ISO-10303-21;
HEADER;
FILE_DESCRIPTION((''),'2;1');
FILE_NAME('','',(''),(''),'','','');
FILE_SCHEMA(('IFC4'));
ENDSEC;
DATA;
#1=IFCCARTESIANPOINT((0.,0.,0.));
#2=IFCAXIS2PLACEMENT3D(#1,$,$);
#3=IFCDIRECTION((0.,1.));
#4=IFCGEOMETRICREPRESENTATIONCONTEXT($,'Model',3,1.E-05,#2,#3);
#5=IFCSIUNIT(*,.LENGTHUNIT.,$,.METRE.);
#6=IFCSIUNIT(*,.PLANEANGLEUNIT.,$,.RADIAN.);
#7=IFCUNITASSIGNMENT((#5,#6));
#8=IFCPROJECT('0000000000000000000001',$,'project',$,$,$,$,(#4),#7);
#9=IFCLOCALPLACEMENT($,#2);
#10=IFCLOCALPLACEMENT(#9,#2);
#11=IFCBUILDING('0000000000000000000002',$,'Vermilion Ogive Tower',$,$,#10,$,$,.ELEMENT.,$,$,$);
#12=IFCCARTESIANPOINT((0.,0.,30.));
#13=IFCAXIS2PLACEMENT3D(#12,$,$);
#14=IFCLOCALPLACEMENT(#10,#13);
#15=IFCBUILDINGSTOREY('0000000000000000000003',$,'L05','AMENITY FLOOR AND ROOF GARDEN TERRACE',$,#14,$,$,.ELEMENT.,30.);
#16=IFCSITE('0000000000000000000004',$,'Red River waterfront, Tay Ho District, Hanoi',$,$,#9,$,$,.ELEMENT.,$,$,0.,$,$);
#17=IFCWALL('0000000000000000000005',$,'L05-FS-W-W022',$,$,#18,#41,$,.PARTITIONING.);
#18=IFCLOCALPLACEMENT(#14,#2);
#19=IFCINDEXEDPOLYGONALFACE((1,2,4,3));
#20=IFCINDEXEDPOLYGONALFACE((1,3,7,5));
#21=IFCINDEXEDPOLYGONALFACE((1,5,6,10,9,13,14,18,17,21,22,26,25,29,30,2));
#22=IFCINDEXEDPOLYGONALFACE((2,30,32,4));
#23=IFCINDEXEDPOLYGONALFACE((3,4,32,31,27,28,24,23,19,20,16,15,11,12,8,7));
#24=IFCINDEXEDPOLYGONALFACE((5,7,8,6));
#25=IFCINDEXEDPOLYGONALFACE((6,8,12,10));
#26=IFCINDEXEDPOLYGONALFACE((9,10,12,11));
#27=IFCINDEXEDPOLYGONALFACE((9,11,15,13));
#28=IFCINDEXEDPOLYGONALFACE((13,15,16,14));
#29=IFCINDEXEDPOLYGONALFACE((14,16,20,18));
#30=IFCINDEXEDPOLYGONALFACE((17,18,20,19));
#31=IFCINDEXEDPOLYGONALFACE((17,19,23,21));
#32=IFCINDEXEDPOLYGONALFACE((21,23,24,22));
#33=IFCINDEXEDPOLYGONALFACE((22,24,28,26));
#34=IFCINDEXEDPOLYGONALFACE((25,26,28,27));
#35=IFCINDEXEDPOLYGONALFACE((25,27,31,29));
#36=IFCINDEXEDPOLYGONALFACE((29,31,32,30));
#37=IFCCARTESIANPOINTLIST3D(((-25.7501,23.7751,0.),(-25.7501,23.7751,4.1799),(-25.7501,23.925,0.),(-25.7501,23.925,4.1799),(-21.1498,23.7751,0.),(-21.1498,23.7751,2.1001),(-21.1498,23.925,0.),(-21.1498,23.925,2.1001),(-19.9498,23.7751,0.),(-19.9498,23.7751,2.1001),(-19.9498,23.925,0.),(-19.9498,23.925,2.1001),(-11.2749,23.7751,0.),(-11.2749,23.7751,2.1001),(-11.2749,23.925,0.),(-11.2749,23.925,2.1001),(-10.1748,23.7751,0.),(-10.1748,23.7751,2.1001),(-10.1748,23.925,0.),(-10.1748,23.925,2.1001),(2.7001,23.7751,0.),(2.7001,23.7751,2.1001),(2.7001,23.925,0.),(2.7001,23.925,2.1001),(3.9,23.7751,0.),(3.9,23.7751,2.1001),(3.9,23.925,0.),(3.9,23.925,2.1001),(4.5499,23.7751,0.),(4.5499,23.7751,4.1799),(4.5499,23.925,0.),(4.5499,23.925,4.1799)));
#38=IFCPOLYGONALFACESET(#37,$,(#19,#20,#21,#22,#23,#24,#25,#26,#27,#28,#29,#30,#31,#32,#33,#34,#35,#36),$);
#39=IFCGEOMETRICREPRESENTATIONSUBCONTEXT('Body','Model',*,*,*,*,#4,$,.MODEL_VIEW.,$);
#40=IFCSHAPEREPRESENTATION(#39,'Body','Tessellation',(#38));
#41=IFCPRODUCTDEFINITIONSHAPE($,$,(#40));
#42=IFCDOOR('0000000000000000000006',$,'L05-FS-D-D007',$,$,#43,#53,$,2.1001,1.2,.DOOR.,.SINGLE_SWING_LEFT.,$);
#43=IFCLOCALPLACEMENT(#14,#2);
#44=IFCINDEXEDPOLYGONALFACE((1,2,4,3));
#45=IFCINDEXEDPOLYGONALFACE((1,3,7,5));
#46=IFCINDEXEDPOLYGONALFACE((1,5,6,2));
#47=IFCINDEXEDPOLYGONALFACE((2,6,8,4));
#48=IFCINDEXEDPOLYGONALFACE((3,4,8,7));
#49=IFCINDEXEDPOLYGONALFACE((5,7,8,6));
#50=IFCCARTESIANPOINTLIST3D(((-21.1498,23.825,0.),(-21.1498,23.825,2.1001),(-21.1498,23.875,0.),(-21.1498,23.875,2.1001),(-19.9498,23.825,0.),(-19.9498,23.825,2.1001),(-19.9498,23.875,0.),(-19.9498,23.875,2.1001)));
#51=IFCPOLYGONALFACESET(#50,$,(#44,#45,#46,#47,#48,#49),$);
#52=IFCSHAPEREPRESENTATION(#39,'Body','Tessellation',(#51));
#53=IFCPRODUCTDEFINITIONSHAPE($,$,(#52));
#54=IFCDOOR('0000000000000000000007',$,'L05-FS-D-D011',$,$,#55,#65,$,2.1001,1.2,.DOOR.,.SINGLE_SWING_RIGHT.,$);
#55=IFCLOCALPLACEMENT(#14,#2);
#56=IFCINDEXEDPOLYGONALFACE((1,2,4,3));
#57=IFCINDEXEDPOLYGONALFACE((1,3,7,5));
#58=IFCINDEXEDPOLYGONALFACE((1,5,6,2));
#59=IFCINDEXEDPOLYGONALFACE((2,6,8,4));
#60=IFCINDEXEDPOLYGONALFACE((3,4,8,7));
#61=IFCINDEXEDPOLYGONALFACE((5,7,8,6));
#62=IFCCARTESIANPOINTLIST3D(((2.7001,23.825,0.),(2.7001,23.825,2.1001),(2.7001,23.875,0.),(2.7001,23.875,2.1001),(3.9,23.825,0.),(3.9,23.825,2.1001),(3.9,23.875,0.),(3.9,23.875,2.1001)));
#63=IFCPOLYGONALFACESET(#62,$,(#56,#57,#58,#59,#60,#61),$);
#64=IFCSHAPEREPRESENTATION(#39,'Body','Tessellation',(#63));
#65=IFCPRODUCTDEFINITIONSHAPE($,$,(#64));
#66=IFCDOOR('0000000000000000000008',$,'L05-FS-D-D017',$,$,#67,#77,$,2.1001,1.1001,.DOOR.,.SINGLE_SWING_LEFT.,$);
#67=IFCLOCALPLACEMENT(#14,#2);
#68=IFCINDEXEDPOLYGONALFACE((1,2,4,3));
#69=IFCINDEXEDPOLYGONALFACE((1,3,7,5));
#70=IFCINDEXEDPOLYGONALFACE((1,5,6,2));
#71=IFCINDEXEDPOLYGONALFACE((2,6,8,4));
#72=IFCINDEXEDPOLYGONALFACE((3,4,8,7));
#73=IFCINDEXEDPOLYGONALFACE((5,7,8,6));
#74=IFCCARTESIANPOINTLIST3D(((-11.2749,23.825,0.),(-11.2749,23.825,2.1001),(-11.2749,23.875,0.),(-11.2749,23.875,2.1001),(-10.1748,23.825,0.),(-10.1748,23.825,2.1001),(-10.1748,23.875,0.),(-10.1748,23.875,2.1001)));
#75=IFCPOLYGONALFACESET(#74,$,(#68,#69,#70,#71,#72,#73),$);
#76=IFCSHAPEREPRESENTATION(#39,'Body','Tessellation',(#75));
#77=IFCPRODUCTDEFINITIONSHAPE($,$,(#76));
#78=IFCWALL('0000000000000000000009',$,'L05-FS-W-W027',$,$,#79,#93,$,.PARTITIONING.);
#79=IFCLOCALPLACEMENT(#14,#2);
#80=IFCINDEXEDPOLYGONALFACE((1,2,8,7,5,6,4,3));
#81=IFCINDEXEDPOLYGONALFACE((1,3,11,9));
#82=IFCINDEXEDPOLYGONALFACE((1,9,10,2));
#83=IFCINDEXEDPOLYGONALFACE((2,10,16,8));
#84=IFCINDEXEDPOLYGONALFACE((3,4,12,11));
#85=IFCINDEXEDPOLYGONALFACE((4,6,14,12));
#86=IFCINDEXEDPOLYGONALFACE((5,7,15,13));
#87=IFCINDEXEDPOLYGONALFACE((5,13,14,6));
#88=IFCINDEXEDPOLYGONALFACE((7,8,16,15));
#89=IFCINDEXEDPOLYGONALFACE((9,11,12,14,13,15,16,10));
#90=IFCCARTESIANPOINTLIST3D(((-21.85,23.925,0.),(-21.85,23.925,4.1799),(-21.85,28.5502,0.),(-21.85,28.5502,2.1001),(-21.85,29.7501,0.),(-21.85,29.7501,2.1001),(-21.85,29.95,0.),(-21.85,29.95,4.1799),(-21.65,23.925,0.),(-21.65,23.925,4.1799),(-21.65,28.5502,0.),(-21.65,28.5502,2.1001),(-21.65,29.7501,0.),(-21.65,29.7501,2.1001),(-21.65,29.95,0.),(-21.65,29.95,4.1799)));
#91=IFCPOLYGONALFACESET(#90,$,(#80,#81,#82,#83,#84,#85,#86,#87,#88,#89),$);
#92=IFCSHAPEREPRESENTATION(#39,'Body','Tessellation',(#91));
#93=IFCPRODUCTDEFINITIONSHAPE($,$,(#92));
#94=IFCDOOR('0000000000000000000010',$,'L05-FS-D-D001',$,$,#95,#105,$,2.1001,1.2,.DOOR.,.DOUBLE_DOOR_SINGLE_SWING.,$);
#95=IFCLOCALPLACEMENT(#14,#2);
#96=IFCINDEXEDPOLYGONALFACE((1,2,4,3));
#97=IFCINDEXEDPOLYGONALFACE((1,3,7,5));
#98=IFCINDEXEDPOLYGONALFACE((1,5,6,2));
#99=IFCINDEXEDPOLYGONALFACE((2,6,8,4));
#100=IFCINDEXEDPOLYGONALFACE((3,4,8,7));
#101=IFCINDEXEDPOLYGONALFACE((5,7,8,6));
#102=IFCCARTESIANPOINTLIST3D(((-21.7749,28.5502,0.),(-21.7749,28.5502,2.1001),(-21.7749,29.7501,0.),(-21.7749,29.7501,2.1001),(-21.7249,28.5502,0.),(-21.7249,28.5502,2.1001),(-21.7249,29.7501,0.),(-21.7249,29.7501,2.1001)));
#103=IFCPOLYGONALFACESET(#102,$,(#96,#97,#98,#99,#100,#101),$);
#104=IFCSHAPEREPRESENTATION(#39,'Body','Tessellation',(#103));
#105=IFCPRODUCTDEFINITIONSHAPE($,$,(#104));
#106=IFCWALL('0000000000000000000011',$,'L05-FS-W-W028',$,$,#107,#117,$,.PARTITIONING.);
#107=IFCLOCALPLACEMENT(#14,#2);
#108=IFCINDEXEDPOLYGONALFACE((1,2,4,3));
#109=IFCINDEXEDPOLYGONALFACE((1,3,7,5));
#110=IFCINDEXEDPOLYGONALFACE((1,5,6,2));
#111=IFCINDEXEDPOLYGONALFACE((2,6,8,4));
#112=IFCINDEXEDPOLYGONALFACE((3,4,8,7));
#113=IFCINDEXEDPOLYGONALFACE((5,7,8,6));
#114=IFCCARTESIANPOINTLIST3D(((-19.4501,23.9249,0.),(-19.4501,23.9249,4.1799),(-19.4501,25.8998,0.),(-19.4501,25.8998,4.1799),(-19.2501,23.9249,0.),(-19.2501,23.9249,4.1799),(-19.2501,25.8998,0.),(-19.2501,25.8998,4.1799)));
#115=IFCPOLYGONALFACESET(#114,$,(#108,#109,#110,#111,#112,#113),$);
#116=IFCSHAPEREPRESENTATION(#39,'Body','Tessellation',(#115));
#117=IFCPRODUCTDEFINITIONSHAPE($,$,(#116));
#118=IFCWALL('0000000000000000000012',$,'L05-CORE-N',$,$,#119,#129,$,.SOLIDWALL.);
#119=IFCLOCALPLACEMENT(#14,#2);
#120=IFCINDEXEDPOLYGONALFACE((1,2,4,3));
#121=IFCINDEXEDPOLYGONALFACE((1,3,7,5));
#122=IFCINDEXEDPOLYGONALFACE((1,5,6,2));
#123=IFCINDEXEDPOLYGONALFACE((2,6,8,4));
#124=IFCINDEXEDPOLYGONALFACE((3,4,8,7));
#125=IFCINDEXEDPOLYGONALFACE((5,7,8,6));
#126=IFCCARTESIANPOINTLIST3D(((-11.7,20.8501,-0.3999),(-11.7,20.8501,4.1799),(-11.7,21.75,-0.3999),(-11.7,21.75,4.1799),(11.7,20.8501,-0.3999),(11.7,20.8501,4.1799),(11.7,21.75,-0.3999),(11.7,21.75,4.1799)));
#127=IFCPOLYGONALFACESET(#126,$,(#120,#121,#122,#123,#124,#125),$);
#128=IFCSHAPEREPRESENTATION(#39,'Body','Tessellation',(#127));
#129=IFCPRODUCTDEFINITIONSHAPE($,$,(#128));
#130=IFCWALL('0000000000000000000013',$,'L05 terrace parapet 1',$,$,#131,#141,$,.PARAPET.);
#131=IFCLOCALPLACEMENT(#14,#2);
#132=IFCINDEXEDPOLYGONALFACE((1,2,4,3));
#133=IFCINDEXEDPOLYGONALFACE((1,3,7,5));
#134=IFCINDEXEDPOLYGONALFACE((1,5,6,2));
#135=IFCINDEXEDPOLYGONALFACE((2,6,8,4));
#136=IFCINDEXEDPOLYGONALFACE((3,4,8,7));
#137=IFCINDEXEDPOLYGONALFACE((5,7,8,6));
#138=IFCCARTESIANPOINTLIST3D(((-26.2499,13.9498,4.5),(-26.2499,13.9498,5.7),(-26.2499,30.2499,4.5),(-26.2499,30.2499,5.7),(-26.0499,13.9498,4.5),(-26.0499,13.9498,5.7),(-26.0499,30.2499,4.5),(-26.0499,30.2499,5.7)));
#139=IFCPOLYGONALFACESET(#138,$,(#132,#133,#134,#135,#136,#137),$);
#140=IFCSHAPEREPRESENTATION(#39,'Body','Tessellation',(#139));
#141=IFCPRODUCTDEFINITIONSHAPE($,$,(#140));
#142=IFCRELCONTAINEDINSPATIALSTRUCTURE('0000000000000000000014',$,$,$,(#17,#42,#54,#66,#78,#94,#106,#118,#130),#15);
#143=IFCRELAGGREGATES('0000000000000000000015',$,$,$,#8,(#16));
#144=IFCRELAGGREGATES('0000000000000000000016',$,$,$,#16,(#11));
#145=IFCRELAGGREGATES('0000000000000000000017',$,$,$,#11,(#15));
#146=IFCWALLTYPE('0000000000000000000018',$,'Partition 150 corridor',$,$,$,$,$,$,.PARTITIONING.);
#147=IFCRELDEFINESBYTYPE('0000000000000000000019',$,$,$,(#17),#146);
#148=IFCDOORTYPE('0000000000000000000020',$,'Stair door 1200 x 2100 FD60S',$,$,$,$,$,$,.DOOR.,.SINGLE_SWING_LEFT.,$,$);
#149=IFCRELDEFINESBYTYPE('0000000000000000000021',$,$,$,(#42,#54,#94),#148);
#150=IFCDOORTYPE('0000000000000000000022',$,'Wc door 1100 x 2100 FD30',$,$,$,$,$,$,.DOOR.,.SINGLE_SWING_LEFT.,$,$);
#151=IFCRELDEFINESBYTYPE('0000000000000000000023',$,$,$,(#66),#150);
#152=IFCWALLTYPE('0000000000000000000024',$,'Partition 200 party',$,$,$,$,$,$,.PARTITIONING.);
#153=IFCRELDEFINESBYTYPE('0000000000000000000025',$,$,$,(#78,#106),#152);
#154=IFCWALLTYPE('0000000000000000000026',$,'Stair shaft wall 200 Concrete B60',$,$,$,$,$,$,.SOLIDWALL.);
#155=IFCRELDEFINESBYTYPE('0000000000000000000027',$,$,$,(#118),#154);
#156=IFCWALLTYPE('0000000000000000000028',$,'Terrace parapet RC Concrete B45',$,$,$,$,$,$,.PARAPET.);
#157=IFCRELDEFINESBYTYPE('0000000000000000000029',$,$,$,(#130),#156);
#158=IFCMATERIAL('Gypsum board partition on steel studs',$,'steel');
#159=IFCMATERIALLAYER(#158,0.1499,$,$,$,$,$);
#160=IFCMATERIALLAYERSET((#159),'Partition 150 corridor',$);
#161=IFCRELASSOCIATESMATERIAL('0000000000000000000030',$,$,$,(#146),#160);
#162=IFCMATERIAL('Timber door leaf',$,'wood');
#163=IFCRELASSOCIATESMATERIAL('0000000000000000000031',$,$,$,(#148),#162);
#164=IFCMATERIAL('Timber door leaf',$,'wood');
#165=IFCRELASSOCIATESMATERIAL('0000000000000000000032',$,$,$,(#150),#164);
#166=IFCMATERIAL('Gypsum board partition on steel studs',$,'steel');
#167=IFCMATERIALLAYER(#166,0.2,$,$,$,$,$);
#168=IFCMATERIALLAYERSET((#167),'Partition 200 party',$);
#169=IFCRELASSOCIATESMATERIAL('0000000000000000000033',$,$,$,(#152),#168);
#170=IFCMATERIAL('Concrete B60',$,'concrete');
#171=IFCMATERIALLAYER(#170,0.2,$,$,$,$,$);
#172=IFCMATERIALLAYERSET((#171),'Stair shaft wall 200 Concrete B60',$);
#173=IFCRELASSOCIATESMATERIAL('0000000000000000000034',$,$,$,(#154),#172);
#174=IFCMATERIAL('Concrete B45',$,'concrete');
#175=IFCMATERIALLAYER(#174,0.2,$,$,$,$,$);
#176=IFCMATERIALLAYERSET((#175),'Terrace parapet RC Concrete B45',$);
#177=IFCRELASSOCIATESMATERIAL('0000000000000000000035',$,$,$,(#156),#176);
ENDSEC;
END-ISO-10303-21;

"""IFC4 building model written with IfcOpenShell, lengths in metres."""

from ifc_helpers import new_model, si_unit, direction, frame, frame_2d, origin, place, context, subcontext, project, spatial, rectangle, extrude, material, layer, layer_set, type_object, element, fill, save


model = new_model("IFC4")

# Units and contexts
model_context = context("Model", 3, precision=1e-05, world=origin(), true_north=direction((0.0, 1.0)))
body_context = subcontext(model_context, "Body", "Model", "MODEL_VIEW")
ifc_project = project(units=[si_unit("LENGTHUNIT", "METRE"), si_unit("PLANEANGLEUNIT", "RADIAN")], contexts=[model_context])

# Site, building, storey
site_placement = place(None, origin())
site = spatial("IfcSite", under=ifc_project, at=site_placement, Name="Red River waterfront, Tay Ho District, Hanoi", CompositionType="ELEMENT", RefElevation=0.0)
building_placement = place(site_placement, origin())
building = spatial("IfcBuilding", under=site, at=building_placement, Name="Vermilion Ogive Tower", CompositionType="ELEMENT")
storey_placement = place(building_placement, frame((0.0, 0.0, 30.0)))
storey = spatial("IfcBuildingStorey", under=building, at=storey_placement, Name="L05", Description="AMENITY FLOOR AND ROOF GARDEN TERRACE", CompositionType="ELEMENT", Elevation=30.0)

# Wall, openings, doors
ifc_material_1 = material(Name="Gypsum board partition on steel studs", Category="steel")
ifc_layer_1 = layer(ifc_material_1, 0.1499)
ifc_layer_set_1 = layer_set([ifc_layer_1], Name="Partition 150 corridor")
wall_type_1 = type_object("IfcWallType", Name="Partition 150 corridor", PredefinedType="PARTITIONING", material=ifc_layer_set_1)
wall_1_placement = place(storey_placement, frame((-25.75, 23.8501, 0.0), z_axis=(0.0, 0.0, 1.0), x_axis=(1.0, 0.0, 0.0)))
wall_1 = element("IfcWall", 1, at=wall_1_placement, inside=storey, type_object=wall_type_1, Name="L05-FS-W-W022", PredefinedType="PARTITIONING", context=body_context, shape_type="SweptSolid", body=[
    extrude(rectangle(XDim=30.3, YDim=0.1499, at=frame_2d((15.1499, 0.0))), origin(), (0.0, 0.0, 1.0), 4.1799),
])
opening_1_placement = place(wall_1_placement, frame((4.6001, 0.0, 0.0)))
opening_1 = element("IfcOpeningElement", 2, at=opening_1_placement, cuts=wall_1, PredefinedType="OPENING", context=body_context, shape_type="SweptSolid", body=[
    extrude(rectangle(XDim=1.2, YDim=2.1001, at=frame_2d((0.6001, 1.05))), frame((0.0, 0.085, 0.0), z_axis=(0.0, -1.0, 0.0), x_axis=(1.0, 0.0, 0.0)), (0.0, 0.0, 1.0), 0.1699),
])
opening_2_placement = place(wall_1_placement, frame((28.45, 0.0, 0.0)))
opening_2 = element("IfcOpeningElement", 3, at=opening_2_placement, cuts=wall_1, PredefinedType="OPENING", context=body_context, shape_type="SweptSolid", body=[
    extrude(rectangle(XDim=1.2, YDim=2.1001, at=frame_2d((0.6001, 1.05))), frame((0.0, 0.085, 0.0), z_axis=(0.0, -1.0, 0.0), x_axis=(1.0, 0.0, 0.0)), (0.0, 0.0, 1.0), 0.1699),
])
opening_3_placement = place(wall_1_placement, frame((14.4751, 0.0, 0.0)))
opening_3 = element("IfcOpeningElement", 4, at=opening_3_placement, cuts=wall_1, PredefinedType="OPENING", context=body_context, shape_type="SweptSolid", body=[
    extrude(rectangle(XDim=1.1001, YDim=2.1001, at=frame_2d((0.55, 1.05))), frame((0.0, 0.085, 0.0), z_axis=(0.0, -1.0, 0.0), x_axis=(1.0, 0.0, 0.0)), (0.0, 0.0, 1.0), 0.1699),
])
ifc_material_2 = material(Name="Timber door leaf", Category="wood")
door_type_1 = type_object("IfcDoorType", Name="Stair door 1200 x 2100 FD60S", OperationType="SINGLE_SWING_LEFT", PredefinedType="DOOR", material=ifc_material_2)
door_1_placement = place(opening_1_placement, origin())
door_1 = element("IfcDoor", 5, at=door_1_placement, inside=storey, type_object=door_type_1, Name="L05-FS-D-D007", OperationType="SINGLE_SWING_LEFT", OverallHeight=2.1001, OverallWidth=1.2, PredefinedType="DOOR", context=body_context, shape_type="SweptSolid", body=[
    extrude(rectangle(XDim=1.2, YDim=2.1001, at=frame_2d((0.6001, 1.05))), frame((0.0, 0.0249, 0.0), z_axis=(0.0, -1.0, 0.0), x_axis=(1.0, 0.0, 0.0)), (0.0, 0.0, 1.0), 0.05),
])
fill(opening_1, door_1)
door_2_placement = place(opening_2_placement, origin())
door_2 = element("IfcDoor", 6, at=door_2_placement, inside=storey, type_object=door_type_1, Name="L05-FS-D-D011", OperationType="SINGLE_SWING_RIGHT", OverallHeight=2.1001, OverallWidth=1.2, PredefinedType="DOOR", context=body_context, shape_type="SweptSolid", body=[
    extrude(rectangle(XDim=1.2, YDim=2.1001, at=frame_2d((0.6001, 1.05))), frame((0.0, 0.0249, 0.0), z_axis=(0.0, -1.0, 0.0), x_axis=(1.0, 0.0, 0.0)), (0.0, 0.0, 1.0), 0.05),
])
fill(opening_2, door_2)
ifc_material_3 = material(Name="Timber door leaf", Category="wood")
door_type_2 = type_object("IfcDoorType", Name="Wc door 1100 x 2100 FD30", OperationType="SINGLE_SWING_LEFT", PredefinedType="DOOR", material=ifc_material_3)
door_3_placement = place(opening_3_placement, origin())
door_3 = element("IfcDoor", 7, at=door_3_placement, inside=storey, type_object=door_type_2, Name="L05-FS-D-D017", OperationType="SINGLE_SWING_LEFT", OverallHeight=2.1001, OverallWidth=1.1001, PredefinedType="DOOR", context=body_context, shape_type="SweptSolid", body=[
    extrude(rectangle(XDim=1.1001, YDim=2.1001, at=frame_2d((0.55, 1.05))), frame((0.0, 0.0249, 0.0), z_axis=(0.0, -1.0, 0.0), x_axis=(1.0, 0.0, 0.0)), (0.0, 0.0, 1.0), 0.05),
])
fill(opening_3, door_3)

# Wall, opening, door
ifc_material_4 = material(Name="Gypsum board partition on steel studs", Category="steel")
ifc_layer_2 = layer(ifc_material_4, 0.2)
ifc_layer_set_2 = layer_set([ifc_layer_2], Name="Partition 200 party")
wall_type_2 = type_object("IfcWallType", Name="Partition 200 party", PredefinedType="PARTITIONING", material=ifc_layer_set_2)
wall_2_placement = place(storey_placement, frame((-21.75, 23.925, 0.0), z_axis=(0.0, 0.0, 1.0), x_axis=(0.0, 1.0, 0.0)))
wall_2 = element("IfcWall", 8, at=wall_2_placement, inside=storey, type_object=wall_type_2, Name="L05-FS-W-W027", PredefinedType="PARTITIONING", context=body_context, shape_type="SweptSolid", body=[
    extrude(rectangle(XDim=6.0249, YDim=0.2, at=frame_2d((3.0125, 0.0))), origin(), (0.0, 0.0, 1.0), 4.1799),
])
opening_4_placement = place(wall_2_placement, frame((4.625, 0.0, 0.0)))
opening_4 = element("IfcOpeningElement", 9, at=opening_4_placement, cuts=wall_2, PredefinedType="OPENING", context=body_context, shape_type="SweptSolid", body=[
    extrude(rectangle(XDim=1.2, YDim=2.1001, at=frame_2d((0.6001, 1.05))), frame((0.0, 0.1099, 0.0), z_axis=(0.0, -1.0, 0.0), x_axis=(1.0, 0.0, 0.0)), (0.0, 0.0, 1.0), 0.22),
])
door_4_placement = place(opening_4_placement, origin())
door_4 = element("IfcDoor", 10, at=door_4_placement, inside=storey, type_object=door_type_1, Name="L05-FS-D-D001", OperationType="DOUBLE_DOOR_SINGLE_SWING", OverallHeight=2.1001, OverallWidth=1.2, PredefinedType="DOOR", context=body_context, shape_type="SweptSolid", body=[
    extrude(rectangle(XDim=1.2, YDim=2.1001, at=frame_2d((0.6001, 1.05))), frame((0.0, 0.0249, 0.0), z_axis=(0.0, -1.0, 0.0), x_axis=(1.0, 0.0, 0.0)), (0.0, 0.0, 1.0), 0.05),
])
fill(opening_4, door_4)

# Walls
wall_3_placement = place(storey_placement, frame((-19.3501, 23.925, 0.0), z_axis=(0.0, 0.0, 1.0), x_axis=(0.0, 1.0, 0.0)))
element("IfcWall", 11, at=wall_3_placement, inside=storey, type_object=wall_type_2, Name="L05-FS-W-W028", PredefinedType="PARTITIONING", context=body_context, shape_type="SweptSolid", body=[
    extrude(rectangle(XDim=1.9749, YDim=0.2, at=frame_2d((0.9873, 0.0))), origin(), (0.0, 0.0, 1.0), 4.1799),
])
ifc_material_5 = material(Name="Concrete B60", Category="concrete")
ifc_layer_3 = layer(ifc_material_5, 0.2)
ifc_layer_set_3 = layer_set([ifc_layer_3], Name="Stair shaft wall 200 Concrete B60")
wall_type_3 = type_object("IfcWallType", Name="Stair shaft wall 200 Concrete B60", PredefinedType="SOLIDWALL", material=ifc_layer_set_3)
wall_4_placement = place(storey_placement, frame((-11.7, 21.3, -0.3999), z_axis=(0.0, 0.0, 1.0), x_axis=(1.0, 0.0, 0.0)))
element("IfcWall", 12, at=wall_4_placement, inside=storey, type_object=wall_type_3, Name="L05-CORE-N", PredefinedType="SOLIDWALL", context=body_context, shape_type="SweptSolid", body=[
    extrude(rectangle(XDim=23.3999, YDim=0.8999, at=frame_2d((11.7, 0.0))), origin(), (0.0, 0.0, 1.0), 4.5798),
])
ifc_material_6 = material(Name="Concrete B45", Category="concrete")
ifc_layer_4 = layer(ifc_material_6, 0.2)
ifc_layer_set_4 = layer_set([ifc_layer_4], Name="Terrace parapet RC Concrete B45")
wall_type_4 = type_object("IfcWallType", Name="Terrace parapet RC Concrete B45", PredefinedType="PARAPET", material=ifc_layer_set_4)
wall_5_placement = place(storey_placement, frame((-26.1499, 13.95, 4.5), z_axis=(0.0, 0.0, 1.0), x_axis=(0.0, 1.0, 0.0)))
element("IfcWall", 13, at=wall_5_placement, inside=storey, type_object=wall_type_4, Name="L05 terrace parapet 1", PredefinedType="PARAPET", context=body_context, shape_type="SweptSolid", body=[
    extrude(rectangle(XDim=16.3, YDim=0.2, at=frame_2d((8.1499, 0.0))), origin(), (0.0, 0.0, 1.0), 1.2),
])

save(model, "model.ifc")
